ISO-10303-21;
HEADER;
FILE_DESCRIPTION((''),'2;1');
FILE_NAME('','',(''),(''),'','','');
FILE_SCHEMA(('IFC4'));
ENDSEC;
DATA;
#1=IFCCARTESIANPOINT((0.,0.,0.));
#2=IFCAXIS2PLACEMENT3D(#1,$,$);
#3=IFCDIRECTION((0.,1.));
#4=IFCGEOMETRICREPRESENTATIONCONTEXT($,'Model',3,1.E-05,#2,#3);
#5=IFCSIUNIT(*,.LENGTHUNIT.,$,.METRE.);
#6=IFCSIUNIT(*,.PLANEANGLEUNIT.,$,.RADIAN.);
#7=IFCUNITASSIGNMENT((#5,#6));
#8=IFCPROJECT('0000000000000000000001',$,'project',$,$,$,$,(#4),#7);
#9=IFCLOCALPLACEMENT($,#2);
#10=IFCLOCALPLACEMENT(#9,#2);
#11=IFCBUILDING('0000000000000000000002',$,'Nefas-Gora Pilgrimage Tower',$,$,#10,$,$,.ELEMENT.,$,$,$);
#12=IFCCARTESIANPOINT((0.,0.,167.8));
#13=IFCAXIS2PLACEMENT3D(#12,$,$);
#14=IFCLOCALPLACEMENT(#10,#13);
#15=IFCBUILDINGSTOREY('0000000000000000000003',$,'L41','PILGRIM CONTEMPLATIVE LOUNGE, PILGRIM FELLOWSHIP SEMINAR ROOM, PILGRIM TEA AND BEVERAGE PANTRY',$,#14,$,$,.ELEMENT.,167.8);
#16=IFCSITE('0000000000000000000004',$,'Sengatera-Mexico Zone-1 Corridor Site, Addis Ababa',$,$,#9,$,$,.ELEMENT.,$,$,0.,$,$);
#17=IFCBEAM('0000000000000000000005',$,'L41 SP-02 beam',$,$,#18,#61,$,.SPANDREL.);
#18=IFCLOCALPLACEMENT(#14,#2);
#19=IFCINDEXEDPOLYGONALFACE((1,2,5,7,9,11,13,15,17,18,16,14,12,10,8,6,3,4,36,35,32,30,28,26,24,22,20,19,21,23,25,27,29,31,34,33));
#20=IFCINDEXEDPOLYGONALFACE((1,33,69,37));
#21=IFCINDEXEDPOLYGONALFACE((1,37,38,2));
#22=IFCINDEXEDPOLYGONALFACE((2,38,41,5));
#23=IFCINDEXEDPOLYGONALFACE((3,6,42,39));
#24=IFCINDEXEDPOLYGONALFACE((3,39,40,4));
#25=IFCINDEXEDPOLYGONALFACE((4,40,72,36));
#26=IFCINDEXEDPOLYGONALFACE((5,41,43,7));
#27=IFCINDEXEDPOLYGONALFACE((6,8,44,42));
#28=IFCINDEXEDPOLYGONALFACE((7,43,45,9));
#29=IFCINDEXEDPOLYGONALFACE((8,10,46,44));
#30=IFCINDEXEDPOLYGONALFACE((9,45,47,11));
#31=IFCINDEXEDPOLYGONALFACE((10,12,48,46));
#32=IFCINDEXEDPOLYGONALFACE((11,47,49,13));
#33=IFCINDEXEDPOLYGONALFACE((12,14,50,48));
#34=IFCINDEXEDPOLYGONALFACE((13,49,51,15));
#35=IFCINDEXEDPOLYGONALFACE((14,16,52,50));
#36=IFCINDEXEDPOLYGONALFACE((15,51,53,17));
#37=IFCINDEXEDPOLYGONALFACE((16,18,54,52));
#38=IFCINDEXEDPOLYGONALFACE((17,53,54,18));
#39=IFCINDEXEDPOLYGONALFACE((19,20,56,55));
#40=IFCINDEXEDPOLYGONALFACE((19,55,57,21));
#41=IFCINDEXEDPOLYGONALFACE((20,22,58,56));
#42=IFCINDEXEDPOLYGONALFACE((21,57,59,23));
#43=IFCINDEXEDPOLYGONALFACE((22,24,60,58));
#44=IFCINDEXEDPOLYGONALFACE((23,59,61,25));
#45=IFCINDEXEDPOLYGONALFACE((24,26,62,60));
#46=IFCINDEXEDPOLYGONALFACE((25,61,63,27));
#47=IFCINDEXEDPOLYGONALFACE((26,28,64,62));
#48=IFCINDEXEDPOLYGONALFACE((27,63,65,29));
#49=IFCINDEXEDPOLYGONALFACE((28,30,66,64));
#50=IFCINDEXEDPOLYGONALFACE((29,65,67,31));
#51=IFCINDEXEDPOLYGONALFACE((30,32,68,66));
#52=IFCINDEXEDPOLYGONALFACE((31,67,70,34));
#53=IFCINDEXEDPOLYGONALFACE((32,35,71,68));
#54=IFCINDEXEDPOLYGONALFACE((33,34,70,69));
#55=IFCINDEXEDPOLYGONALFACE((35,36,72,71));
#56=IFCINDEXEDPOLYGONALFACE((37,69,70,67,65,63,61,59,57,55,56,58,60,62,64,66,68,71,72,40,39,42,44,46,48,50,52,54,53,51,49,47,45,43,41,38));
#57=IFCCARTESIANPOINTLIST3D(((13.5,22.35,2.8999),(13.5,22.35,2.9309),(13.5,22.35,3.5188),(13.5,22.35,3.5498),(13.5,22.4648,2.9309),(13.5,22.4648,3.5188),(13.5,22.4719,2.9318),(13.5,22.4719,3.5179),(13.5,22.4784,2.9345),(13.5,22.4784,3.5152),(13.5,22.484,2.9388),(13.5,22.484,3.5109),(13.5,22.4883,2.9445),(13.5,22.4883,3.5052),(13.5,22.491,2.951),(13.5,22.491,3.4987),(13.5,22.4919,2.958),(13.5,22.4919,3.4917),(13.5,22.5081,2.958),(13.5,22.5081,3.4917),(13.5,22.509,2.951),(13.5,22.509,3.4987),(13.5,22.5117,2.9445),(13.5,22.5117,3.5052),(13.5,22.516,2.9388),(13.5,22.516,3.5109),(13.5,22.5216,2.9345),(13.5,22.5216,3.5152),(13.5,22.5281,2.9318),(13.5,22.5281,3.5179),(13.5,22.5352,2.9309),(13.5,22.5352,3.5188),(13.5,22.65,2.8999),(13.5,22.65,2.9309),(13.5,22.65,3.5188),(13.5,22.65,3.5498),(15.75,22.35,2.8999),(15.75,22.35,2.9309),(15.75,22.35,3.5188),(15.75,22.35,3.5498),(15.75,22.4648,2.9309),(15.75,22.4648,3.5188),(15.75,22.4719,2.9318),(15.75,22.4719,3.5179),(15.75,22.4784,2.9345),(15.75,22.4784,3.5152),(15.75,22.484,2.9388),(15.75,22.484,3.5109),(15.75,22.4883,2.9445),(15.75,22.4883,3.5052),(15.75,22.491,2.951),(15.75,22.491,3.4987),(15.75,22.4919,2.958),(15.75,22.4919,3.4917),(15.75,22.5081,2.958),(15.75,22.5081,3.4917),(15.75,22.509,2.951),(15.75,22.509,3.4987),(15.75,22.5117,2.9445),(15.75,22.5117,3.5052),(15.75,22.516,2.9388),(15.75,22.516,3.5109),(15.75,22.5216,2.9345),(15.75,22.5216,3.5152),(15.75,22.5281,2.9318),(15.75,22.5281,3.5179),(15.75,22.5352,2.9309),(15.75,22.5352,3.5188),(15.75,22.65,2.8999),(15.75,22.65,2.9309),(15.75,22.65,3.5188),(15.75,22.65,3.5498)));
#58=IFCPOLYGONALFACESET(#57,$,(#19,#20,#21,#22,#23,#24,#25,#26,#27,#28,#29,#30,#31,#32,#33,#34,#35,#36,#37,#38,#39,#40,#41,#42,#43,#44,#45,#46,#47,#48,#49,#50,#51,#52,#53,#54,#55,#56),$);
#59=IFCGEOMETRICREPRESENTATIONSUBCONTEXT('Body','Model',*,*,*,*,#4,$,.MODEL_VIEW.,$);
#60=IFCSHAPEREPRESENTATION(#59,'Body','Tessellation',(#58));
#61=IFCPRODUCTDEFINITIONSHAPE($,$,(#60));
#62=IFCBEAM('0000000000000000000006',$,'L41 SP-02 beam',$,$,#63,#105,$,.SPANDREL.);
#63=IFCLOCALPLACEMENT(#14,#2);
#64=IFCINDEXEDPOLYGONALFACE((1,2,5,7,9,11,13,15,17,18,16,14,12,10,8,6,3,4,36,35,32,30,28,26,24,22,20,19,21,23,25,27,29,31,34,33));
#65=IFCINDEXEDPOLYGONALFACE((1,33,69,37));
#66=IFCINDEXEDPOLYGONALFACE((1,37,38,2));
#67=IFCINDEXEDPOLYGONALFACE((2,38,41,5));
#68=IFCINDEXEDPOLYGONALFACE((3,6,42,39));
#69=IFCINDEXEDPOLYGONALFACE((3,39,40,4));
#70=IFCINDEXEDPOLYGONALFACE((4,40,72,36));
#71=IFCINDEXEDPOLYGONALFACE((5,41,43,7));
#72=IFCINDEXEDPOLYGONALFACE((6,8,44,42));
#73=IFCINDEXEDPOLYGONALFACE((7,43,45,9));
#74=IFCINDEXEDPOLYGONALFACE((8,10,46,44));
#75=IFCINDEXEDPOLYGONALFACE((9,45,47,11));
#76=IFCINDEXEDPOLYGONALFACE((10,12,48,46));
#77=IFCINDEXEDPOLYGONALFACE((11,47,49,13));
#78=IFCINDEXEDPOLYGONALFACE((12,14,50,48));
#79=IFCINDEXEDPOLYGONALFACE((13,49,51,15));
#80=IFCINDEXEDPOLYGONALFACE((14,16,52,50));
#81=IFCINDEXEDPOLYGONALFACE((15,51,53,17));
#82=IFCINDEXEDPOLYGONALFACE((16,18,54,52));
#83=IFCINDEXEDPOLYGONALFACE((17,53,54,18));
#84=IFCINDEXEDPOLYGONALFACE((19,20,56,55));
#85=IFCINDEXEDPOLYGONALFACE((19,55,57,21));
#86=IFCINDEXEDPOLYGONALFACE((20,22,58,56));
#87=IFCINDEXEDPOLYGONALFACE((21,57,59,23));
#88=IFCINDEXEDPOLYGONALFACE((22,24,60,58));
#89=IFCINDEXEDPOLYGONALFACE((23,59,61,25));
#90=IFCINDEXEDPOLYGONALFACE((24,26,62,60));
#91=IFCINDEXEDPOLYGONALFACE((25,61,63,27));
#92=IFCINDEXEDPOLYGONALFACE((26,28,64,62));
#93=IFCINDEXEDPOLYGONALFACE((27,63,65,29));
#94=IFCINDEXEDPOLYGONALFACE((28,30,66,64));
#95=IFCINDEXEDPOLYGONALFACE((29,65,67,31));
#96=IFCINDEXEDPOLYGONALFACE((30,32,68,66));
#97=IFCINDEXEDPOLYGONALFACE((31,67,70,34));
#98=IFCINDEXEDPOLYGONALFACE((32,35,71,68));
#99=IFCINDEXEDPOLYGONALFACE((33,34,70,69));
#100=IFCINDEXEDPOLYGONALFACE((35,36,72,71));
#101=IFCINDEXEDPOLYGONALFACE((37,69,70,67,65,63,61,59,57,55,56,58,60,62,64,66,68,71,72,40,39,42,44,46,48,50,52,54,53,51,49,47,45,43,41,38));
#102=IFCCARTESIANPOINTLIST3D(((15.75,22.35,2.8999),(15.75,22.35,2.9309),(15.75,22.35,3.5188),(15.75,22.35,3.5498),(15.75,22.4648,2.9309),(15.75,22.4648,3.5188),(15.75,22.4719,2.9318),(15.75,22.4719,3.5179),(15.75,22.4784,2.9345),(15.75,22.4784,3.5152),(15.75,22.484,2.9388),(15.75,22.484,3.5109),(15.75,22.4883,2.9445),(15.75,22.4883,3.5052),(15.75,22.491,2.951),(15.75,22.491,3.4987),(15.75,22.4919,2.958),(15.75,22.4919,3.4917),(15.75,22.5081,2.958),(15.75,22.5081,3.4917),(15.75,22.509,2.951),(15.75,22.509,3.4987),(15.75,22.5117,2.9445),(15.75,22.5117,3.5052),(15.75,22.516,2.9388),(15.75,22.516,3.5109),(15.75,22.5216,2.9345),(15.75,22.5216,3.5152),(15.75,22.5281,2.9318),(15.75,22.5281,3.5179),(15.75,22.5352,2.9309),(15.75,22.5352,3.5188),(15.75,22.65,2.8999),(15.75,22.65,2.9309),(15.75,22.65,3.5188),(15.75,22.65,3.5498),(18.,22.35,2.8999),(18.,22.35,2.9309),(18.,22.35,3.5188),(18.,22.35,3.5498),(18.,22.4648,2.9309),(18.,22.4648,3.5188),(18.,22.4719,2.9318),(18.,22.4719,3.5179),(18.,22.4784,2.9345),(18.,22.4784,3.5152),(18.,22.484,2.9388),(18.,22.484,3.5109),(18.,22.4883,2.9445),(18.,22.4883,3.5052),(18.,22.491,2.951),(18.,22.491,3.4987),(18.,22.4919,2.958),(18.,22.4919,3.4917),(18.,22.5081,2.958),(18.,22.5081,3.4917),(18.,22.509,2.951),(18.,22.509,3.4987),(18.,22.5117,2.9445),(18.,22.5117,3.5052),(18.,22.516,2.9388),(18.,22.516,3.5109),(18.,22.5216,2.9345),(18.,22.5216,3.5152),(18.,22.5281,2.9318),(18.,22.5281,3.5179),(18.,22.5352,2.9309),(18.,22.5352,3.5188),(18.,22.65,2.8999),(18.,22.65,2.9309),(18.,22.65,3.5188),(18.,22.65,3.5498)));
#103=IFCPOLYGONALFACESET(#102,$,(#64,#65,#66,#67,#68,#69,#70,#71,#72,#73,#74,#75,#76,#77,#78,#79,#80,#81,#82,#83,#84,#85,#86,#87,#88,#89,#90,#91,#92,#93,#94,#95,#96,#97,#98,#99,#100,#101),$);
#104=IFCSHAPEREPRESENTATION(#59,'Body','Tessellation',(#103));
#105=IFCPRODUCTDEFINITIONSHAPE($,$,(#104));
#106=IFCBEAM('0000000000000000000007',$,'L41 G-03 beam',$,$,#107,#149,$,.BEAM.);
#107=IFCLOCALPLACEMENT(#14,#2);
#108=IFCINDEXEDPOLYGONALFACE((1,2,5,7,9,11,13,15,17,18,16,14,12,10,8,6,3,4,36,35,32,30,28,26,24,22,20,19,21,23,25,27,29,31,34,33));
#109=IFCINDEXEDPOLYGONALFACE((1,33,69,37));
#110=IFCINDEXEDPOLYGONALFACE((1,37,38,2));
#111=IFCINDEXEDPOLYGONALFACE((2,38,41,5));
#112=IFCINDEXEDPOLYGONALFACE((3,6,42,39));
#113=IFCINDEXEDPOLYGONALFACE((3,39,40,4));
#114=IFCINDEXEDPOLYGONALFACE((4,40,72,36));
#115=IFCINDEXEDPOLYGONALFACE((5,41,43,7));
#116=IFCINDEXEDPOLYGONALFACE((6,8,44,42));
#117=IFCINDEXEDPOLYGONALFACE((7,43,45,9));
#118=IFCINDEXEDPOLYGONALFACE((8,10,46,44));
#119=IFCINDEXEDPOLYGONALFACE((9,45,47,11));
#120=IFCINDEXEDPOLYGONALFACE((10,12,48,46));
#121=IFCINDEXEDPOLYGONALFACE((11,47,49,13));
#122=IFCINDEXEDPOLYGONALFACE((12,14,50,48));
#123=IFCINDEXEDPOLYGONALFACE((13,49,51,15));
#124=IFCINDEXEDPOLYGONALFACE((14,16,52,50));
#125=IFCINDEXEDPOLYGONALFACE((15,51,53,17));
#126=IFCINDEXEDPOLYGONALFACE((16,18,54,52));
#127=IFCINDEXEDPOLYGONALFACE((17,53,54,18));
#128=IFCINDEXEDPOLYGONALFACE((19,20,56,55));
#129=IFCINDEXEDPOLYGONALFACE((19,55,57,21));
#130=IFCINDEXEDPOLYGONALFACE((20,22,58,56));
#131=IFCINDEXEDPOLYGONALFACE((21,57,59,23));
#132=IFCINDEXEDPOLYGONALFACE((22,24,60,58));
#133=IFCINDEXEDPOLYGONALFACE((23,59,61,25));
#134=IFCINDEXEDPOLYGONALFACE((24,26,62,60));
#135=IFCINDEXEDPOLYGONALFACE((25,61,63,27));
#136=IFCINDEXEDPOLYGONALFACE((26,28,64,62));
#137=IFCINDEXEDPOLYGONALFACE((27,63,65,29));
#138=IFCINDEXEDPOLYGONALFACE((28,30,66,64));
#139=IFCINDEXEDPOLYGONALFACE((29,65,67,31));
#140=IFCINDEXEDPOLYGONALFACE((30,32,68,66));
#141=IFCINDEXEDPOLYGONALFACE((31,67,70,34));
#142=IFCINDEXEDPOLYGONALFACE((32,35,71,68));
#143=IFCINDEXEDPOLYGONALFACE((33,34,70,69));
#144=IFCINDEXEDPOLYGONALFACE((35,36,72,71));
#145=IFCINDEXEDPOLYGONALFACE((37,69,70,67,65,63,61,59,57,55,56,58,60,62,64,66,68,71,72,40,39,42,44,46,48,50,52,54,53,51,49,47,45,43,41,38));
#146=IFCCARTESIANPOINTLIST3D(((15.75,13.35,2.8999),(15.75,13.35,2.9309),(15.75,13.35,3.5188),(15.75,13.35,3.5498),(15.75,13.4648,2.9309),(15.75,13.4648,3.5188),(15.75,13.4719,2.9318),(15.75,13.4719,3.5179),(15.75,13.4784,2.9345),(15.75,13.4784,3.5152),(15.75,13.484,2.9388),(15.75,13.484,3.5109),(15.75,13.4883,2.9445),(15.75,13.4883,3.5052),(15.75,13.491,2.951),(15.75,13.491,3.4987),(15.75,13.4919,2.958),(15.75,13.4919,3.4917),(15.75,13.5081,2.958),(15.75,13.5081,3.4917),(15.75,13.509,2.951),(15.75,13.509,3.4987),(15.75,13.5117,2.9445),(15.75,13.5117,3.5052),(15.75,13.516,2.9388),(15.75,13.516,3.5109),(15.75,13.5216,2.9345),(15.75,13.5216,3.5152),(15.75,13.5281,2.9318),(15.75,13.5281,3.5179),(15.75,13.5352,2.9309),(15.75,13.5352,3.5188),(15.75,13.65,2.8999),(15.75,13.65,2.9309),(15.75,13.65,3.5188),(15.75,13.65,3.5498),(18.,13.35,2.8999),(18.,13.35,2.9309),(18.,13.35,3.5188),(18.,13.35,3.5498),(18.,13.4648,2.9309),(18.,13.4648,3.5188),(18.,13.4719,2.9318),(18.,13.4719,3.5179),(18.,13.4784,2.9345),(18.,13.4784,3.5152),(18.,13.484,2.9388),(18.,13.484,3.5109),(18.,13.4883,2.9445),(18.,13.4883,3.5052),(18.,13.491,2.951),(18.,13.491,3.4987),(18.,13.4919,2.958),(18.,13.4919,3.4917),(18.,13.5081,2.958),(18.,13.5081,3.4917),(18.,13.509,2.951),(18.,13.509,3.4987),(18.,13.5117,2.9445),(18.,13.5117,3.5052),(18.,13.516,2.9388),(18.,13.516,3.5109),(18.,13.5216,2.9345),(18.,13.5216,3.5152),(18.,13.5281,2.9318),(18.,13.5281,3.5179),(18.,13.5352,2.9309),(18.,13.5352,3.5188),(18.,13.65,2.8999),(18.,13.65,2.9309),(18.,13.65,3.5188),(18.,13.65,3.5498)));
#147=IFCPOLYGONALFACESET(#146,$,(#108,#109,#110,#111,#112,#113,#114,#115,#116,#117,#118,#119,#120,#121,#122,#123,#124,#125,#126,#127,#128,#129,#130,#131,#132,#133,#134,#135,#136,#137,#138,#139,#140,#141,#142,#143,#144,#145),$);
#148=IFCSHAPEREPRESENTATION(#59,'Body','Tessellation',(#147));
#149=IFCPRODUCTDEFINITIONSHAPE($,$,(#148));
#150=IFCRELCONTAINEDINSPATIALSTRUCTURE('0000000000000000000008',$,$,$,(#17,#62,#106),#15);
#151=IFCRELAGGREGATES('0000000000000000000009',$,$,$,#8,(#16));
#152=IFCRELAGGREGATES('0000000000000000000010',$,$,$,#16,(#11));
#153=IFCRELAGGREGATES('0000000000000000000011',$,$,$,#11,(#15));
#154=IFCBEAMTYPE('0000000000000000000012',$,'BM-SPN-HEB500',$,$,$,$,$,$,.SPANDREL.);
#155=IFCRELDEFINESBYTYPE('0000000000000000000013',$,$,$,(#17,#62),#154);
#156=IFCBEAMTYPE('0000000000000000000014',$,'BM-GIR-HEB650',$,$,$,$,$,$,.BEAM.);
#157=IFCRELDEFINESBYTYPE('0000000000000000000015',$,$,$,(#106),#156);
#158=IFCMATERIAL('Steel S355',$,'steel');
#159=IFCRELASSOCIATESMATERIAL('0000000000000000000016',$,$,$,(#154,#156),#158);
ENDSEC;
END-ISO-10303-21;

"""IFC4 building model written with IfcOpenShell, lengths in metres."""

from ifc_helpers import new_model, si_unit, direction, frame, origin, origin_2d, place, context, subcontext, project, spatial, i_section, extrude, source, transform, mapped, material, material_profile, profile_set, type_object, element, save


model = new_model("IFC4")

# Units and contexts
model_context = context("Model", 3, precision=1e-05, world=origin(), true_north=direction((0.0, 1.0)))
body_context = subcontext(model_context, "Body", "Model", "MODEL_VIEW")
ifc_project = project(units=[si_unit("LENGTHUNIT", "METRE"), si_unit("PLANEANGLEUNIT", "RADIAN")], contexts=[model_context])

# Site, building, storey
site_placement = place(None, origin())
site = spatial("IfcSite", under=ifc_project, at=site_placement, Name="Sengatera-Mexico Zone-1 Corridor Site, Addis Ababa", CompositionType="ELEMENT", RefElevation=0.0)
building_placement = place(site_placement, origin())
building = spatial("IfcBuilding", under=site, at=building_placement, Name="Nefas-Gora Pilgrimage Tower", CompositionType="ELEMENT")
storey_placement = place(building_placement, frame((0.0, 0.0, 167.8)))
storey = spatial("IfcBuildingStorey", under=building, at=storey_placement, Name="L41", Description="PILGRIM CONTEMPLATIVE LOUNGE, PILGRIM FELLOWSHIP SEMINAR ROOM, PILGRIM TEA AND BEVERAGE PANTRY", CompositionType="ELEMENT", Elevation=167.8)

# Beams
ifc_material_1 = material(Name="Steel S355", Category="steel")
ifc_material_profile_1 = material_profile(ifc_material_1, i_section(OverallWidth=0.3, OverallDepth=0.6499, WebThickness=0.0161, FlangeThickness=0.031, FilletRadius=0.0271, at=origin_2d()), Name="HEB 650")
ifc_profile_set_1 = profile_set([ifc_material_profile_1], Name="Steel S355")
beam_type_1 = type_object("IfcBeamType", Name="BM-SPN-HEB500", PredefinedType="SPANDREL", material=ifc_profile_set_1)
ifc_material_profile_2 = material_profile(ifc_material_1, i_section(OverallWidth=0.3, OverallDepth=0.6499, WebThickness=0.0161, FlangeThickness=0.031, FilletRadius=0.0271, at=origin_2d()), Name="HEB 650")
ifc_profile_set_2 = profile_set([ifc_material_profile_2], Name="Steel S355")
beam_type_2 = type_object("IfcBeamType", Name="BM-GIR-HEB650", PredefinedType="BEAM", material=ifc_profile_set_2)
shared_shape_1 = source(origin(), body_context, "Body", "SweptSolid", [
    extrude(i_section(OverallWidth=0.3, OverallDepth=0.6499, WebThickness=0.0161, FlangeThickness=0.031, FilletRadius=0.0271, at=origin_2d()), origin(), (0.0, 0.0, 1.0), 2.25),
])
for number, where, z_axis, x_axis, name in (
    (1, (13.5, 22.5, 3.2249), (1.0, 0.0, 0.0), (0.0, 1.0, 0.0), "L41 SP-02 beam"),
    (2, (15.75, 22.5, 3.2249), (1.0, 0.0, 0.0), (0.0, 1.0, 0.0), "L41 SP-02 beam"),
):
    element("IfcBeam", number, at=place(storey_placement, frame(where, z_axis=z_axis, x_axis=x_axis)), inside=storey, type_object=beam_type_1, Name=name, PredefinedType="SPANDREL", context=body_context, shape_type="MappedRepresentation", body=[
        mapped(shared_shape_1, transform((0.0, 0.0, 0.0), x_axis=(1.0, 0.0, 0.0), y_axis=(0.0, 1.0, 0.0), z_axis=(0.0, 0.0, 1.0), scale=1.0)),
    ])
shared_shape_2 = source(origin(), body_context, "Body", "SweptSolid", [
    extrude(i_section(OverallWidth=0.3, OverallDepth=0.6499, WebThickness=0.0161, FlangeThickness=0.031, FilletRadius=0.0271, at=origin_2d()), origin(), (0.0, 0.0, 1.0), 2.25),
])
beam_1_placement = place(storey_placement, frame((15.75, 13.5, 3.2249), z_axis=(1.0, 0.0, 0.0), x_axis=(0.0, 1.0, 0.0)))
element("IfcBeam", 3, at=beam_1_placement, inside=storey, type_object=beam_type_2, Name="L41 G-03 beam", PredefinedType="BEAM", context=body_context, shape_type="MappedRepresentation", body=[
    mapped(shared_shape_2, transform((0.0, 0.0, 0.0), x_axis=(1.0, 0.0, 0.0), y_axis=(0.0, 1.0, 0.0), z_axis=(0.0, 0.0, 1.0), scale=1.0)),
])

save(model, "model.ifc")
